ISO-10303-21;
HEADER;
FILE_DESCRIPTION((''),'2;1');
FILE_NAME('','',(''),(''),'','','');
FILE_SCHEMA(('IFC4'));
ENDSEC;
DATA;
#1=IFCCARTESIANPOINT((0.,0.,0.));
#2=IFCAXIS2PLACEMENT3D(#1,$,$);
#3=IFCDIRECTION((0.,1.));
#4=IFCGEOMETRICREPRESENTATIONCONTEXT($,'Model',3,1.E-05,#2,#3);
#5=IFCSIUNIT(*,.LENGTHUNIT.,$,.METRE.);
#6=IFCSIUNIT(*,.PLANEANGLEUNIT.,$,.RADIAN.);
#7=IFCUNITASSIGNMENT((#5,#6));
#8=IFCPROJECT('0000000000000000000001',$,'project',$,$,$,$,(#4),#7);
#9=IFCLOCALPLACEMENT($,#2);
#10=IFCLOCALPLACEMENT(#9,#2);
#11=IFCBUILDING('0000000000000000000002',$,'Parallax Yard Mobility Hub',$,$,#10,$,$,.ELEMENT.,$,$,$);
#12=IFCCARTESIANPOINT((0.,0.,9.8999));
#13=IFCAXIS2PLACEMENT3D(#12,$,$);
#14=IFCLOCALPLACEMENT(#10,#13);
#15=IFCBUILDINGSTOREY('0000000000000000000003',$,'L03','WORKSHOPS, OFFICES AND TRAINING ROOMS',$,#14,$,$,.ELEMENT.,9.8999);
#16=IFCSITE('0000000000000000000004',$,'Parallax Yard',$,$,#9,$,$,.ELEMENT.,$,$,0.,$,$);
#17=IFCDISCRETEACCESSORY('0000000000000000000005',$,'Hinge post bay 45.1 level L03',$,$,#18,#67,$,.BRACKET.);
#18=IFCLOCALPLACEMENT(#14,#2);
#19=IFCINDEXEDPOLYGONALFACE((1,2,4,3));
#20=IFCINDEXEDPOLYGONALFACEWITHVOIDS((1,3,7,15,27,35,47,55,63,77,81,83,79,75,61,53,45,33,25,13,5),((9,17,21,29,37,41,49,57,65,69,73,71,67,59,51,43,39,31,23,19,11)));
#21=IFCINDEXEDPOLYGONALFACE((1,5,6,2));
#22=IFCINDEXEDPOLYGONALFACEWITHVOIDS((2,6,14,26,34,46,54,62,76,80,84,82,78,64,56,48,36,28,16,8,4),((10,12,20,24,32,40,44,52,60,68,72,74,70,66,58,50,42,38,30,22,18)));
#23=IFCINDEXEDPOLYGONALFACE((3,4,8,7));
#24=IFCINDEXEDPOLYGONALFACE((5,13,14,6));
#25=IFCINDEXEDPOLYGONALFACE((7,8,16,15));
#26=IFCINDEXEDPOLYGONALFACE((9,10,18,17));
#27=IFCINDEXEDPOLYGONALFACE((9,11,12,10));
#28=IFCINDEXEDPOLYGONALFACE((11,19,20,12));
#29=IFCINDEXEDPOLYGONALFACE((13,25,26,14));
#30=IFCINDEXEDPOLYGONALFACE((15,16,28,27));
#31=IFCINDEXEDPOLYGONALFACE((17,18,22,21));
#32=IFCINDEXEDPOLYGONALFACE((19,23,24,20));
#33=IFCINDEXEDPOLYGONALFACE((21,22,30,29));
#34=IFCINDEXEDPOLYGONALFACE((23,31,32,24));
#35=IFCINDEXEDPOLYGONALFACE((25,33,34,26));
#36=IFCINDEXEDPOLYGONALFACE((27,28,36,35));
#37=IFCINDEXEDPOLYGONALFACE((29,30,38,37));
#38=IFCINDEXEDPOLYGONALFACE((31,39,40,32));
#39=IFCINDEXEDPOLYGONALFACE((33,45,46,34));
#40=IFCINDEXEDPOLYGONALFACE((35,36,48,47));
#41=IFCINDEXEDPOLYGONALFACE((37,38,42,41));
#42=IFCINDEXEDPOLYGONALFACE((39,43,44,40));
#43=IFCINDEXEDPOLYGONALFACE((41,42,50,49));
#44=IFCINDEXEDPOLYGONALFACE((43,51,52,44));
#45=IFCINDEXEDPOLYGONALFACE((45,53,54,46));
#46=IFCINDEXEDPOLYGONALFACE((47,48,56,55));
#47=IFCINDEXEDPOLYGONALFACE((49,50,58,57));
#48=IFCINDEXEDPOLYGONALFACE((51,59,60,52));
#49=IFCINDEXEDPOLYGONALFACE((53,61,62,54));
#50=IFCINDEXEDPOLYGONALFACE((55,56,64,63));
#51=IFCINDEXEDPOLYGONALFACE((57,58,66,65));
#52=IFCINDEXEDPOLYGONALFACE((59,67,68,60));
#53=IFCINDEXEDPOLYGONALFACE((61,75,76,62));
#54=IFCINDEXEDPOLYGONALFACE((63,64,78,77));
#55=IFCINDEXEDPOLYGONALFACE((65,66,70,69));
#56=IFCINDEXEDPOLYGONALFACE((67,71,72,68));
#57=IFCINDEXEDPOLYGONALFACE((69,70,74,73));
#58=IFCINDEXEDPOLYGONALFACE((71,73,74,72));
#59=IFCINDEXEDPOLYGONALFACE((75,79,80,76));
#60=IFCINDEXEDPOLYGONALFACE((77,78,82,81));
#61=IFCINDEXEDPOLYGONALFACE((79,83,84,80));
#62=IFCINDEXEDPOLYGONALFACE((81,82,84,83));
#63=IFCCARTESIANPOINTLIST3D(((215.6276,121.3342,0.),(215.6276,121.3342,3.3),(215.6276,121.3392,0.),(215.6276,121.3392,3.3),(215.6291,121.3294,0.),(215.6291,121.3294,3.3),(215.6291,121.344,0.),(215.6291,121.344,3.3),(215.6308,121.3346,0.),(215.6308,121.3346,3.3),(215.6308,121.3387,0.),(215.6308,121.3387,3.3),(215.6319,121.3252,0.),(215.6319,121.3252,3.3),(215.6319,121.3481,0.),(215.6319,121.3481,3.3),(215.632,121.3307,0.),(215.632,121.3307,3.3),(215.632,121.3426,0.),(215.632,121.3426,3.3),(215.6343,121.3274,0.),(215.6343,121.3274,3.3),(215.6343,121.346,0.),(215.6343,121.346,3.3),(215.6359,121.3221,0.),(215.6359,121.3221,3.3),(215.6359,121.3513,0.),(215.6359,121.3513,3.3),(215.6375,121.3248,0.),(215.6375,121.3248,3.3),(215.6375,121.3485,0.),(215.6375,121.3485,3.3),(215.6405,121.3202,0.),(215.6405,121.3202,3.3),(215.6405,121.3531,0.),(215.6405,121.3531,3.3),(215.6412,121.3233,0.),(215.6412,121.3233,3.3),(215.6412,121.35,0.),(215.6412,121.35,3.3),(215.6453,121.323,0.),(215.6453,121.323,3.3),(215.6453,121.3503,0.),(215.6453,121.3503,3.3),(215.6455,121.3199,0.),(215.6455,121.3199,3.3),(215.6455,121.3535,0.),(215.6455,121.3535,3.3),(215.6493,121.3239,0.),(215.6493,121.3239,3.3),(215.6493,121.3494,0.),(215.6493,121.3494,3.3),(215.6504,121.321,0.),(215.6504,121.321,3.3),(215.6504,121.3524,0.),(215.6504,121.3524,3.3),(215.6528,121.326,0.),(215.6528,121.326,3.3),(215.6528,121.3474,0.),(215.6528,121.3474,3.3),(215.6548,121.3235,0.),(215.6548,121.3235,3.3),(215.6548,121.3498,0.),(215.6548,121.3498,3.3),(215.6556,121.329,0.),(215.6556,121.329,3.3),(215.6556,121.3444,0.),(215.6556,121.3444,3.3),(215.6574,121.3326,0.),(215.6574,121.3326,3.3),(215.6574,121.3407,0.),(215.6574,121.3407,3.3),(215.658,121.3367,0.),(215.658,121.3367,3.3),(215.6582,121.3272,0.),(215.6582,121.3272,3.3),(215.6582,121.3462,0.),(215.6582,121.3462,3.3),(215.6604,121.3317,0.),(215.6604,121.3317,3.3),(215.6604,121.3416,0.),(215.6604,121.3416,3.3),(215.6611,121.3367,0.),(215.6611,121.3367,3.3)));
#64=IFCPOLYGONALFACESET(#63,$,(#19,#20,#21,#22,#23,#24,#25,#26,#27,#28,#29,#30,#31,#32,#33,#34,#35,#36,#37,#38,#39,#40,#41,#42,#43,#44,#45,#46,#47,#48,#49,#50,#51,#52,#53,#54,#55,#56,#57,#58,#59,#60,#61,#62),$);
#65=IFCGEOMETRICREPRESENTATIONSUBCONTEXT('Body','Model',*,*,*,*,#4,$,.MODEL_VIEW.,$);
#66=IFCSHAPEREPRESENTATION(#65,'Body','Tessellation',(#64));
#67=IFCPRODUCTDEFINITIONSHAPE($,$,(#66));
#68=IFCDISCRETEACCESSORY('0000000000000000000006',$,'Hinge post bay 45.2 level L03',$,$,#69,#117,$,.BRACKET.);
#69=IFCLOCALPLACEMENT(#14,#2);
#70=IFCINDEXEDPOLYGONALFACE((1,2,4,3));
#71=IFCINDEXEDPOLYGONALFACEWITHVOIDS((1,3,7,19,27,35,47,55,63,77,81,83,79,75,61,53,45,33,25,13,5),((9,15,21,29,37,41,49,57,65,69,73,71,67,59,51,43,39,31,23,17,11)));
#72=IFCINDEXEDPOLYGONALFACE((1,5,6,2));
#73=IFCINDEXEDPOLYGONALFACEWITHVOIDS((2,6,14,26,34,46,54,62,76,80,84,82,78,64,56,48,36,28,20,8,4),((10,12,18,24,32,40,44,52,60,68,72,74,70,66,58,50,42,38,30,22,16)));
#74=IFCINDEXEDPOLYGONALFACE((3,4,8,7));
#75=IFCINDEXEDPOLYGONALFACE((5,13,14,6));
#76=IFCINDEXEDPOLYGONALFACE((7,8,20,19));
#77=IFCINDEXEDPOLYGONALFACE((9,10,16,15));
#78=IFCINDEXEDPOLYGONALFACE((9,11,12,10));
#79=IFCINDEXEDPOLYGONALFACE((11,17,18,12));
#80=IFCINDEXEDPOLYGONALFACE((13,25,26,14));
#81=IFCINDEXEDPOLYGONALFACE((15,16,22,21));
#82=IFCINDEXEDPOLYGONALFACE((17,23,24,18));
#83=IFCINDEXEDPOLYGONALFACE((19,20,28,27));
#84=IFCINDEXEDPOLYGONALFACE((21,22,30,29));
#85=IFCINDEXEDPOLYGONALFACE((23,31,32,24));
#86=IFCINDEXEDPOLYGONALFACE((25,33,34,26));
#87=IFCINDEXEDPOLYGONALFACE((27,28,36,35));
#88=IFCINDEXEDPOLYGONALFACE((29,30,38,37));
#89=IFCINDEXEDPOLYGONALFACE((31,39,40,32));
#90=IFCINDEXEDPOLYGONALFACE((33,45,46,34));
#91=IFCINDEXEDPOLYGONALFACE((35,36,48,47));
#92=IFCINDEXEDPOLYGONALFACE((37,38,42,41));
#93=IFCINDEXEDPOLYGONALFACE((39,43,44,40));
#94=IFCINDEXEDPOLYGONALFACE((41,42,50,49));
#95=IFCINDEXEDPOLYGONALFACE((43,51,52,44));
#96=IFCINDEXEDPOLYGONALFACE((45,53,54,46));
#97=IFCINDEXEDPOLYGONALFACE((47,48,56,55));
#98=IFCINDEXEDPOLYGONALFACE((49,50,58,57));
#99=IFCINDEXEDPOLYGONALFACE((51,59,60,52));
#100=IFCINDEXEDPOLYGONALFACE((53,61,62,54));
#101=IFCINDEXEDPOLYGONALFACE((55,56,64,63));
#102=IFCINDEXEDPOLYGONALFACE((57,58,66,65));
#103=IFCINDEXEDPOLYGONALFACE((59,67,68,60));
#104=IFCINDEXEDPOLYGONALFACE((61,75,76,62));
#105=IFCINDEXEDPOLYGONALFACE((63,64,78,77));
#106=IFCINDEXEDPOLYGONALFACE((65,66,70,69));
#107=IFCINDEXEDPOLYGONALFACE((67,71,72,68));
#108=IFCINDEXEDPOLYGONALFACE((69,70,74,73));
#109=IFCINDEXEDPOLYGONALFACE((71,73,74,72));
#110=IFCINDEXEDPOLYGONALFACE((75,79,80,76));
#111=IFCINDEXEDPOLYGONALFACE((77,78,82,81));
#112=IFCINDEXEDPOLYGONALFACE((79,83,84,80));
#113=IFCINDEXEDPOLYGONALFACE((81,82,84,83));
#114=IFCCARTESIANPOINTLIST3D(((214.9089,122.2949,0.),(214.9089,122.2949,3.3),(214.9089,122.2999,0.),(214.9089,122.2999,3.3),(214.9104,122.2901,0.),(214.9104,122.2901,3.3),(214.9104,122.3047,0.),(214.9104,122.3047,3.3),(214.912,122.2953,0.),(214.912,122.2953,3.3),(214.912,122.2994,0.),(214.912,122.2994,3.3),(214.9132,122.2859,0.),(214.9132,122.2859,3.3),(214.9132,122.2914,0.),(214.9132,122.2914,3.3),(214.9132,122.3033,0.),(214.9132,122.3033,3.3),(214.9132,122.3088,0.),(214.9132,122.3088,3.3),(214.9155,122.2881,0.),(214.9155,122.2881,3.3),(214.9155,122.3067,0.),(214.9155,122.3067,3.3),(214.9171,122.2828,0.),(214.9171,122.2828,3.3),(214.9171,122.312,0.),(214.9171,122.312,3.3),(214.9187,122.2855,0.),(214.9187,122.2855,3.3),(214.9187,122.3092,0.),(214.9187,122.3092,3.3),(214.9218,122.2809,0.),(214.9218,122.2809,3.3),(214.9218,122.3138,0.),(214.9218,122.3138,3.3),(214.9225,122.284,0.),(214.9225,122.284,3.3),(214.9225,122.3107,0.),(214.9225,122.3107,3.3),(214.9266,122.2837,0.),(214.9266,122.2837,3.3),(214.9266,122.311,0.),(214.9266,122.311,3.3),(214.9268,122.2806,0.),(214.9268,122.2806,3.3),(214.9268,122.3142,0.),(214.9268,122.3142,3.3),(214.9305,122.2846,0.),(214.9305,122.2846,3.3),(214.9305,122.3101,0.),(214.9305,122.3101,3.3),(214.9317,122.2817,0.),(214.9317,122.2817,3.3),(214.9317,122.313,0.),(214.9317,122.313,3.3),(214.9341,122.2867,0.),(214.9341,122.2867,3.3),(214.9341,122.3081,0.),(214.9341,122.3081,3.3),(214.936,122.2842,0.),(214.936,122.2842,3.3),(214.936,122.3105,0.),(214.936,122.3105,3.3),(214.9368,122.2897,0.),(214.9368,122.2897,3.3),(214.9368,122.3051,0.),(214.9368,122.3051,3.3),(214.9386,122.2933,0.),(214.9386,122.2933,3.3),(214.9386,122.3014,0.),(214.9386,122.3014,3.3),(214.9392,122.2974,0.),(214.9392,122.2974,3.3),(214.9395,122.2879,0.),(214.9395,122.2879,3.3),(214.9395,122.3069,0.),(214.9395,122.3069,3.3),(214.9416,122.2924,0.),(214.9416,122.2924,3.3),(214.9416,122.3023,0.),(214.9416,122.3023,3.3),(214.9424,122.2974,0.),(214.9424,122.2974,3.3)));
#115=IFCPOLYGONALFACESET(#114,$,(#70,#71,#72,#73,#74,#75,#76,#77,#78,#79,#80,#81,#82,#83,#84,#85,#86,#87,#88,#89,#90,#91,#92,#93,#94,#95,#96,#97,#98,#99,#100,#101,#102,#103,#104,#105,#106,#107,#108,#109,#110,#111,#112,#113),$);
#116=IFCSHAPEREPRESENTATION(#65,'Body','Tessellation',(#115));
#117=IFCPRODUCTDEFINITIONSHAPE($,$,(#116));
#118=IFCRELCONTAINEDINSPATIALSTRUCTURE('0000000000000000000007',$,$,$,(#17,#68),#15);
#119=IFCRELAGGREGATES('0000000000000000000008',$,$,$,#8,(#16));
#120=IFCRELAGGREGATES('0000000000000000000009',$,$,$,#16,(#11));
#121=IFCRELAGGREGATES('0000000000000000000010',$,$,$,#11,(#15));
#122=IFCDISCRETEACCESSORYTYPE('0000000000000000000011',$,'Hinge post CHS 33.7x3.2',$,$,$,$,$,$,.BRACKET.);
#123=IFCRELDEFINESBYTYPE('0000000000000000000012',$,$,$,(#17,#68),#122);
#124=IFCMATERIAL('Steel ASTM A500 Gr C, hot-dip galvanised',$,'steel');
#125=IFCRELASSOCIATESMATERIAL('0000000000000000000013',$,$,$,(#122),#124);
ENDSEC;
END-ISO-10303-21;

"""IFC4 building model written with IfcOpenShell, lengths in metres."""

from ifc_helpers import new_model, si_unit, direction, frame, origin, origin_2d, place, context, subcontext, project, spatial, hollow_circle, extrude, material, material_profile, profile_set, type_object, element, save


model = new_model("IFC4")

# Units and contexts
model_context = context("Model", 3, precision=1e-05, world=origin(), true_north=direction((0.0, 1.0)))
body_context = subcontext(model_context, "Body", "Model", "MODEL_VIEW")
ifc_project = project(units=[si_unit("LENGTHUNIT", "METRE"), si_unit("PLANEANGLEUNIT", "RADIAN")], contexts=[model_context])

# Site, building, storey
site_placement = place(None, origin())
site = spatial("IfcSite", under=ifc_project, at=site_placement, Name="Parallax Yard", CompositionType="ELEMENT", RefElevation=0.0)
building_placement = place(site_placement, origin())
building = spatial("IfcBuilding", under=site, at=building_placement, Name="Parallax Yard Mobility Hub", CompositionType="ELEMENT")
storey_placement = place(building_placement, frame((0.0, 0.0, 9.8999)))
storey = spatial("IfcBuildingStorey", under=building, at=storey_placement, Name="L03", Description="WORKSHOPS, OFFICES AND TRAINING ROOMS", CompositionType="ELEMENT", Elevation=9.8999)

# Discrete accessories
ifc_material_1 = material(Name="Steel ASTM A500 Gr C, hot-dip galvanised", Category="steel")
ifc_material_profile_1 = material_profile(ifc_material_1, hollow_circle(Radius=0.0168, WallThickness=0.0032, at=origin_2d()), Name="CHS 33.7x3.2")
ifc_profile_set_1 = profile_set([ifc_material_profile_1], Name="Steel ASTM A500 Gr C, hot-dip galvanised")
discrete_accessory_type_1 = type_object("IfcDiscreteAccessoryType", Name="Hinge post CHS 33.7x3.2", PredefinedType="BRACKET", material=ifc_profile_set_1)
for number, where, z_axis, x_axis, name in (
    (1, (215.6443, 121.3367, 0.0), (0.0, 0.0, 1.0), (1.0, 0.0, 0.0), "Hinge post bay 45.1 level L03"),
    (2, (214.9255, 122.2974, 0.0), (0.0, 0.0, 1.0), (1.0, 0.0, 0.0), "Hinge post bay 45.2 level L03"),
):
    element("IfcDiscreteAccessory", number, at=place(storey_placement, frame(where, z_axis=z_axis, x_axis=x_axis)), inside=storey, type_object=discrete_accessory_type_1, Name=name, PredefinedType="BRACKET", context=body_context, shape_type="SweptSolid", body=[
        extrude(hollow_circle(Radius=0.0168, WallThickness=0.0032, at=origin_2d()), origin(), (0.0, 0.0, 1.0), 3.3),
    ])

save(model, "model.ifc")
